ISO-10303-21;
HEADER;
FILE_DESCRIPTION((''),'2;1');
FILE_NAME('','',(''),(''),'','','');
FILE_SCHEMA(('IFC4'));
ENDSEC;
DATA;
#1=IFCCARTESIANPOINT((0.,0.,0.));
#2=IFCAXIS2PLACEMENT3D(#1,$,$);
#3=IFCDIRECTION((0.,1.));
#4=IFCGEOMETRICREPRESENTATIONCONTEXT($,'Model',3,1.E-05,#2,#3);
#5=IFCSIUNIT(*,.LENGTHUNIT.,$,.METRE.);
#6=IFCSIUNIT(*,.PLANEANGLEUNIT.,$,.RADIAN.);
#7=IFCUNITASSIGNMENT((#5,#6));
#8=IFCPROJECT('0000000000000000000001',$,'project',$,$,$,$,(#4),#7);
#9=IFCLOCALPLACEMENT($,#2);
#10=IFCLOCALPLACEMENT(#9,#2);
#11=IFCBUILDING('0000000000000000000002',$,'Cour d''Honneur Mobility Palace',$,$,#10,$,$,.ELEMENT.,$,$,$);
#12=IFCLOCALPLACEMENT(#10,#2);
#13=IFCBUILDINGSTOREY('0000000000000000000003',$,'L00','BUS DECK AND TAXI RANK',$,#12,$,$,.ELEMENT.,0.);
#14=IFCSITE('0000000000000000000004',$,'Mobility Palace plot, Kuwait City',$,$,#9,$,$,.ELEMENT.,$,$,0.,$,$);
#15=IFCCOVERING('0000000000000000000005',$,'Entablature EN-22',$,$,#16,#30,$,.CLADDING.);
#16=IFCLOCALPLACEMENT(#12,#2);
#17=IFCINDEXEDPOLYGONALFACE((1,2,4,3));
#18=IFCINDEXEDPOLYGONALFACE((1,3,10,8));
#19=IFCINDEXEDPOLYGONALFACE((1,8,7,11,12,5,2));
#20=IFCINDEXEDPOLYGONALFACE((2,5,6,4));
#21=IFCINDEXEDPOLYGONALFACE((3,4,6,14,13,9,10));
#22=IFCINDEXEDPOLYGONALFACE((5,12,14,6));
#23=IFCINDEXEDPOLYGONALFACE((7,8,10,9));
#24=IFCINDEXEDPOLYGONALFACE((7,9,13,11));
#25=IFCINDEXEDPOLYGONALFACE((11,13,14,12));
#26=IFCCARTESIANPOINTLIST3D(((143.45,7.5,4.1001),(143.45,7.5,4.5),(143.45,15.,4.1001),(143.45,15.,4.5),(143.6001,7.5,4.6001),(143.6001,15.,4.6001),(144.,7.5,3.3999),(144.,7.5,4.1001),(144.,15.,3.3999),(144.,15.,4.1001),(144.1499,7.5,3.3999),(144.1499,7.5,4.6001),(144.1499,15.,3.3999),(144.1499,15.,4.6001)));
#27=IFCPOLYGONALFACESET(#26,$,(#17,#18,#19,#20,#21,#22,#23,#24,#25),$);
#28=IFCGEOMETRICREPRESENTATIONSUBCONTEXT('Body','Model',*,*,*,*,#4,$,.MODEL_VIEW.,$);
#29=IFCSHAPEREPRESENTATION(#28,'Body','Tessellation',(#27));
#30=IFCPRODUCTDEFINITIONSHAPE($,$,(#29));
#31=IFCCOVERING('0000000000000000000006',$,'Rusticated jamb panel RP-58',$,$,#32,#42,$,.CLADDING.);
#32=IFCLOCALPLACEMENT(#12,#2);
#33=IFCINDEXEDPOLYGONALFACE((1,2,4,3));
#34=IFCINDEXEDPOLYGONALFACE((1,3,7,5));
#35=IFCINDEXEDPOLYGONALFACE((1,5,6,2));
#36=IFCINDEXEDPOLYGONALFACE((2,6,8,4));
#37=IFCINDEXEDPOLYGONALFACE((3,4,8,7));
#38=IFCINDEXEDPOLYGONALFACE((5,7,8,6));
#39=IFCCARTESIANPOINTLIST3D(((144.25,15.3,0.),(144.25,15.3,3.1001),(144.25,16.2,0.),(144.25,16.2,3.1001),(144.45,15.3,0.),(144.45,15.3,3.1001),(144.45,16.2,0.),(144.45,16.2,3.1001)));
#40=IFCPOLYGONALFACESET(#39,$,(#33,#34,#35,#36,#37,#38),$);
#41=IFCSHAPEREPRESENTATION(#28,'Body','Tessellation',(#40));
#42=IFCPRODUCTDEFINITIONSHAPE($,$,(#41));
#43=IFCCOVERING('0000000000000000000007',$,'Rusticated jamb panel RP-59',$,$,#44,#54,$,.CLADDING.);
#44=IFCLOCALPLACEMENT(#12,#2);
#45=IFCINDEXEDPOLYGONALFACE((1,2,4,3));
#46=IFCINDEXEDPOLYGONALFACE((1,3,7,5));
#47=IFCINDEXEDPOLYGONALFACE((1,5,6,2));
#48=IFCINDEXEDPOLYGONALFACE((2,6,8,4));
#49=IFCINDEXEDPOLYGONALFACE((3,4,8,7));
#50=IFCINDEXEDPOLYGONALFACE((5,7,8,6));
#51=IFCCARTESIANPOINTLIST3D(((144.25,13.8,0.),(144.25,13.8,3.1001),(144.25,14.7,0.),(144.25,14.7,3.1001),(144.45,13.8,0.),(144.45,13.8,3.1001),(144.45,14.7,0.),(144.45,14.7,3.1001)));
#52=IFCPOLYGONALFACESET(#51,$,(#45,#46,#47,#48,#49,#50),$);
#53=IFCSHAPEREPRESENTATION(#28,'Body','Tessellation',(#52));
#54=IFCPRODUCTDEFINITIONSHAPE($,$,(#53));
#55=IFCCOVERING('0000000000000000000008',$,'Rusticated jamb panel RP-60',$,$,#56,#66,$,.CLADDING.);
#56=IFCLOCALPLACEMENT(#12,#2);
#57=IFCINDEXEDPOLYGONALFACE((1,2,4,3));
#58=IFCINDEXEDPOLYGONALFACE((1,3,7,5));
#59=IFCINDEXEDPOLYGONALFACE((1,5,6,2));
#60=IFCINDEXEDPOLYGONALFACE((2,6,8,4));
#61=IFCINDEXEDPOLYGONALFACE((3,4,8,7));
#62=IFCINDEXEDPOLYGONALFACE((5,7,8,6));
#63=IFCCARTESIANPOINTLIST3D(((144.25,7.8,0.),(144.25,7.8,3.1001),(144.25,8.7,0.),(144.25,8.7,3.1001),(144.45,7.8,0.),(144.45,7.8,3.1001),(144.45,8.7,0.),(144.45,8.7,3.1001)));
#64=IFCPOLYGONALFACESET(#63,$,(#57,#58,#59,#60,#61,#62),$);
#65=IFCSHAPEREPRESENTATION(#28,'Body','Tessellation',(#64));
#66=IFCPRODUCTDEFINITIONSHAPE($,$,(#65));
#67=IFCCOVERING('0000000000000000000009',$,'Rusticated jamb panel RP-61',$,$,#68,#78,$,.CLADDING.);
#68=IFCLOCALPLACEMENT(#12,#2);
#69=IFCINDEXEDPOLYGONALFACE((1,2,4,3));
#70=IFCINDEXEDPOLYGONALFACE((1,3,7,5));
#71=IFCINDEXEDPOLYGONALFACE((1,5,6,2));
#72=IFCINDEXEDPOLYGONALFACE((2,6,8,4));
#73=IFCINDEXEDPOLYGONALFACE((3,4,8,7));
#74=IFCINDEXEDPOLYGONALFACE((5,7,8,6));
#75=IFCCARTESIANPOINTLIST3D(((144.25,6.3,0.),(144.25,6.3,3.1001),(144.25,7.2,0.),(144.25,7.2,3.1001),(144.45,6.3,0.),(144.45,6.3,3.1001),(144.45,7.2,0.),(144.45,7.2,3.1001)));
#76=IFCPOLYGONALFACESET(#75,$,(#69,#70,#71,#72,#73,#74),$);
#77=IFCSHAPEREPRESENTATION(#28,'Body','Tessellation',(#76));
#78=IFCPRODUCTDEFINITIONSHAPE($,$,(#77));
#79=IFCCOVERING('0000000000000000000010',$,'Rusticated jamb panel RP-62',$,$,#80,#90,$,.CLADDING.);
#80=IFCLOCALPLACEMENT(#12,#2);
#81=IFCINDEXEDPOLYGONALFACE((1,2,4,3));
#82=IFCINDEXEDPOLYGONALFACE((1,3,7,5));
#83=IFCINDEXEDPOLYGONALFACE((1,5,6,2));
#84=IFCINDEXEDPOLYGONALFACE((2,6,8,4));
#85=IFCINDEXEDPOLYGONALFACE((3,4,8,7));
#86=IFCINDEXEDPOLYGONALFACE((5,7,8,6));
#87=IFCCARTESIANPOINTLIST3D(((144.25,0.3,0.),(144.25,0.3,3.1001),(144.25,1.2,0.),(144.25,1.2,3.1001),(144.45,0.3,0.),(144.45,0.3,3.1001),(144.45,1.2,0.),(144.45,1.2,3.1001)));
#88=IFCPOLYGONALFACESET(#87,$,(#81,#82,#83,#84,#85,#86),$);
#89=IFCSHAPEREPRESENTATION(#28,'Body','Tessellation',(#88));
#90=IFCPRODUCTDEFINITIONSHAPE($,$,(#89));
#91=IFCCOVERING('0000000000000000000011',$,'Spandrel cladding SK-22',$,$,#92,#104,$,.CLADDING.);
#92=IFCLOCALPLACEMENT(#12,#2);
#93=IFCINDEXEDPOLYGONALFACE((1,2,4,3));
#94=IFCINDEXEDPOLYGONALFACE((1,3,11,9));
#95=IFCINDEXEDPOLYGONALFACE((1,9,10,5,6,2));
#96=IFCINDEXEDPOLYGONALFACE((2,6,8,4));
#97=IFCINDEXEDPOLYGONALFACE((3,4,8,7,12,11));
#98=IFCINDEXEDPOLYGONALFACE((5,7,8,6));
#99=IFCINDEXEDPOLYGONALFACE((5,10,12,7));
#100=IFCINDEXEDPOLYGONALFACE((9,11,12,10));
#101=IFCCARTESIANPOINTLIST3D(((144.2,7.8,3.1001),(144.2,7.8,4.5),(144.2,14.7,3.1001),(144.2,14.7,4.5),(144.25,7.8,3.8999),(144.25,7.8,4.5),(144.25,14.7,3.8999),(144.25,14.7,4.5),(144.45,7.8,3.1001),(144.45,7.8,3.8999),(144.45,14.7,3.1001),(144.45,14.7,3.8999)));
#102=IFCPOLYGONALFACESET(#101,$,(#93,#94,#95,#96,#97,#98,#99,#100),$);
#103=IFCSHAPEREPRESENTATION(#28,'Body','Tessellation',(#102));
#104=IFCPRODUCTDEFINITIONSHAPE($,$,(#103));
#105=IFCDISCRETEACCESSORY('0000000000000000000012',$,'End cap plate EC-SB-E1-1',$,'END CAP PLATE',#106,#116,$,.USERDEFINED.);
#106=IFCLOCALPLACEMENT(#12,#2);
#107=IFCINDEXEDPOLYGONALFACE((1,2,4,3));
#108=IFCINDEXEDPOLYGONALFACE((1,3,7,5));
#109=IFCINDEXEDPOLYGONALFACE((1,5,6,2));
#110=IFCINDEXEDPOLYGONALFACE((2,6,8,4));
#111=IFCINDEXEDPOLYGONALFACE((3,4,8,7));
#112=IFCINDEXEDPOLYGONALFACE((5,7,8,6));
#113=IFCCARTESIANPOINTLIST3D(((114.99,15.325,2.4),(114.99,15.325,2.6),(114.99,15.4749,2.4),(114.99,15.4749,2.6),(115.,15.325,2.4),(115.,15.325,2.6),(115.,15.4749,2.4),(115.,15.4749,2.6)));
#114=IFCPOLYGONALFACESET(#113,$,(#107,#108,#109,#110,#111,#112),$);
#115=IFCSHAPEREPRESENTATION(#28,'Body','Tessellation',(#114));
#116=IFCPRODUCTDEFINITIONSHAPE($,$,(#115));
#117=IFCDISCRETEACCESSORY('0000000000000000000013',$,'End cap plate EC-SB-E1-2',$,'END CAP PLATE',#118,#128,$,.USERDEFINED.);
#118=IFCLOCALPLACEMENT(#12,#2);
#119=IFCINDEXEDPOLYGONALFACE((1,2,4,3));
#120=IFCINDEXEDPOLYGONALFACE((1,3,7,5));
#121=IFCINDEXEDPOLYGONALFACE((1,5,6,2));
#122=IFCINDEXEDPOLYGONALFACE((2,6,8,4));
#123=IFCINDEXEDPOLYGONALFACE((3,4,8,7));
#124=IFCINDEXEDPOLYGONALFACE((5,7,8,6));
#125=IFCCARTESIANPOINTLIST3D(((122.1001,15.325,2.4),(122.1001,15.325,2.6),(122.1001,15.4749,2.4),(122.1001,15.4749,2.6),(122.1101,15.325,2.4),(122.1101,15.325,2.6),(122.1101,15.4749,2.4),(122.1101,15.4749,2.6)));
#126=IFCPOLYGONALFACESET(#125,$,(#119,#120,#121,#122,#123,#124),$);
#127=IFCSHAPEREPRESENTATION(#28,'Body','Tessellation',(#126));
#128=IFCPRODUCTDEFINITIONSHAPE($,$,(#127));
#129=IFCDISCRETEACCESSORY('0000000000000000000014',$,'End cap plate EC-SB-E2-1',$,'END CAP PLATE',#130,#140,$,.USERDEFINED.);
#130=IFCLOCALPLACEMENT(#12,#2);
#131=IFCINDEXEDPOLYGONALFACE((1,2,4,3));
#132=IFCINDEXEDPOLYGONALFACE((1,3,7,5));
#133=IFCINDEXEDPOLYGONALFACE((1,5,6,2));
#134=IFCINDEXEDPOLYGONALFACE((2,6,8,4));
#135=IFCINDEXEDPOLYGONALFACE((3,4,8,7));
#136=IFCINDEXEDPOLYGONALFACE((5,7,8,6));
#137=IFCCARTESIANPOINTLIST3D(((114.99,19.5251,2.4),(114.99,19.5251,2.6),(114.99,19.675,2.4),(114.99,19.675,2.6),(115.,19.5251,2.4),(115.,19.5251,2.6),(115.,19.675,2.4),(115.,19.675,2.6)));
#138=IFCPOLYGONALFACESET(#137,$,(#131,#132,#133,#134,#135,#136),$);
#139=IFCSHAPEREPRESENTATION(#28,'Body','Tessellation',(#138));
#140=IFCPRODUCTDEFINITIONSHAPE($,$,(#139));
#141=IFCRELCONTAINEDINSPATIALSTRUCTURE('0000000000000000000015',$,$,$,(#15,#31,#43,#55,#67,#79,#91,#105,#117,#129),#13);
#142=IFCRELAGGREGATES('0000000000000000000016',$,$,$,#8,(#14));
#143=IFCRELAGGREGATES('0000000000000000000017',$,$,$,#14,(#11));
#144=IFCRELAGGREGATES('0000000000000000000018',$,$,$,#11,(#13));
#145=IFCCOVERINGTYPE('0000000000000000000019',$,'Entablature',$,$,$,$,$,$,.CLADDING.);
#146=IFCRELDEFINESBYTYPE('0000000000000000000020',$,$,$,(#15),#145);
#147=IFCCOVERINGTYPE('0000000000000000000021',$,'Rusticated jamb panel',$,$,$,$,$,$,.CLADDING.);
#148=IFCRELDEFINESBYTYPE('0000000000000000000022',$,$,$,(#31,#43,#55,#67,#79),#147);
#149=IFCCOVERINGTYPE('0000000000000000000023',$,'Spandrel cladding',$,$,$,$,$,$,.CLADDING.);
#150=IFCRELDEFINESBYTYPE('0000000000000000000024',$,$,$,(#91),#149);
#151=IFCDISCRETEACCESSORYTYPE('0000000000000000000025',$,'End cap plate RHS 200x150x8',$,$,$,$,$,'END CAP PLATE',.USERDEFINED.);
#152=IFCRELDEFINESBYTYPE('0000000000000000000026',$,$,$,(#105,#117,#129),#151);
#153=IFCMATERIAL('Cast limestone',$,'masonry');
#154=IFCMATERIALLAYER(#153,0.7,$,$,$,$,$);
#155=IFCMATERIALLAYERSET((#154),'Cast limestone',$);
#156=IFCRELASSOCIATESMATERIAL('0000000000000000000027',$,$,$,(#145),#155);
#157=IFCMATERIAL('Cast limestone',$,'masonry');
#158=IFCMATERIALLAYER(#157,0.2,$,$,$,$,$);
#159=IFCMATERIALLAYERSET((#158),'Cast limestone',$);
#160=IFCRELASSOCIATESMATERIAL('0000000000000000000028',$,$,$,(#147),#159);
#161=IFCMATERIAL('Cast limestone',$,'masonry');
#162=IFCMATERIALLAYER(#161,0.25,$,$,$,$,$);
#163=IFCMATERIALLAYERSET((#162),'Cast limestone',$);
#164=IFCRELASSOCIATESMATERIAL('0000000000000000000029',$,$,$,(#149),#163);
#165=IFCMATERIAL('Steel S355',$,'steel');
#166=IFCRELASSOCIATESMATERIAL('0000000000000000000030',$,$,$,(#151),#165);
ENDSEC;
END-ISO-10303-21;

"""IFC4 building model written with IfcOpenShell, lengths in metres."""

from ifc_helpers import new_model, si_unit, direction, frame, origin, origin_2d, place, context, subcontext, project, spatial, polyline, rectangle, outline, extrude, material, layer, layer_set, material_profile, profile_set, type_object, element, save


model = new_model("IFC4")

# Units and contexts
model_context = context("Model", 3, precision=1e-05, world=origin(), true_north=direction((0.0, 1.0)))
body_context = subcontext(model_context, "Body", "Model", "MODEL_VIEW")
ifc_project = project(units=[si_unit("LENGTHUNIT", "METRE"), si_unit("PLANEANGLEUNIT", "RADIAN")], contexts=[model_context])

# Site, building, storey
site_placement = place(None, origin())
site = spatial("IfcSite", under=ifc_project, at=site_placement, Name="Mobility Palace plot, Kuwait City", CompositionType="ELEMENT", RefElevation=0.0)
building_placement = place(site_placement, origin())
building = spatial("IfcBuilding", under=site, at=building_placement, Name="Cour d'Honneur Mobility Palace", CompositionType="ELEMENT")
storey_placement = place(building_placement, origin())
storey = spatial("IfcBuildingStorey", under=building, at=storey_placement, Name="L00", Description="BUS DECK AND TAXI RANK", CompositionType="ELEMENT", Elevation=0.0)

# Coverings
ifc_material_1 = material(Name="Cast limestone", Category="masonry")
ifc_layer_1 = layer(ifc_material_1, 0.7)
ifc_layer_set_1 = layer_set([ifc_layer_1], Name="Cast limestone")
covering_type_1 = type_object("IfcCoveringType", Name="Entablature", PredefinedType="CLADDING", material=ifc_layer_set_1)
covering_1_placement = place(storey_placement, frame((144.1499, 15.0, 3.3999), z_axis=(0.0, 1.0, 0.0), x_axis=(-1.0, 0.0, 0.0)))
element("IfcCovering", 1, at=covering_1_placement, inside=storey, type_object=covering_type_1, Name="Entablature EN-22", PredefinedType="CLADDING", context=body_context, shape_type="SweptSolid", body=[
    extrude(outline(polyline([(0.0, 0.0), (0.1499, 0.0), (0.1499, 0.7002), (0.7, 0.7002), (0.7, 1.1001), (0.5498, 1.2002), (0.0, 1.2002), (0.0, 0.0)])), origin(), (0.0, 0.0, -1.0), 7.5),
])
ifc_material_2 = material(Name="Cast limestone", Category="masonry")
ifc_layer_2 = layer(ifc_material_2, 0.2)
ifc_layer_set_2 = layer_set([ifc_layer_2], Name="Cast limestone")
covering_type_2 = type_object("IfcCoveringType", Name="Rusticated jamb panel", PredefinedType="CLADDING", material=ifc_layer_set_2)
for number, where, z_axis, x_axis, name in (
    (2, (144.25, 16.2, 0.0), (-1.0, 0.0, 0.0), (0.0, -1.0, 0.0), "Rusticated jamb panel RP-58"),
    (3, (144.25, 14.7, 0.0), (-1.0, 0.0, 0.0), (0.0, -1.0, 0.0), "Rusticated jamb panel RP-59"),
    (4, (144.25, 8.7, 0.0), (-1.0, 0.0, 0.0), (0.0, -1.0, 0.0), "Rusticated jamb panel RP-60"),
    (5, (144.25, 7.2, 0.0), (-1.0, 0.0, 0.0), (0.0, -1.0, 0.0), "Rusticated jamb panel RP-61"),
    (6, (144.25, 1.2, 0.0), (-1.0, 0.0, 0.0), (0.0, -1.0, 0.0), "Rusticated jamb panel RP-62"),
):
    element("IfcCovering", number, at=place(storey_placement, frame(where, z_axis=z_axis, x_axis=x_axis)), inside=storey, type_object=covering_type_2, Name=name, PredefinedType="CLADDING", context=body_context, shape_type="SweptSolid", body=[
        extrude(outline(polyline([(0.0, 0.0), (0.8999, 0.0), (0.8999, 3.1001), (0.0, 3.1001), (0.0, 0.0)])), origin(), (0.0, 0.0, -1.0), 0.2),
    ])
ifc_material_3 = material(Name="Cast limestone", Category="masonry")
ifc_layer_3 = layer(ifc_material_3, 0.25)
ifc_layer_set_3 = layer_set([ifc_layer_3], Name="Cast limestone")
covering_type_3 = type_object("IfcCoveringType", Name="Spandrel cladding", PredefinedType="CLADDING", material=ifc_layer_set_3)
covering_2_placement = place(storey_placement, frame((144.45, 14.7, 3.1001), z_axis=(0.0, 1.0, 0.0), x_axis=(-1.0, 0.0, 0.0)))
element("IfcCovering", 7, at=covering_2_placement, inside=storey, type_object=covering_type_3, Name="Spandrel cladding SK-22", PredefinedType="CLADDING", context=body_context, shape_type="SweptSolid", body=[
    extrude(outline(polyline([(0.0, 0.0), (0.25, 0.0), (0.25, 1.3999), (0.2, 1.3999), (0.2, 0.7998), (0.0, 0.7998), (0.0, 0.0)])), origin(), (0.0, 0.0, -1.0), 6.8999),
])

# Discrete accessories
ifc_material_4 = material(Name="Steel S355", Category="steel")
ifc_material_profile_1 = material_profile(ifc_material_4, rectangle(XDim=0.1499, YDim=0.2, at=origin_2d()), Name="PL 200x150x10")
ifc_profile_set_1 = profile_set([ifc_material_profile_1], Name="Steel S355")
discrete_accessory_type = type_object("IfcDiscreteAccessoryType", Name="End cap plate RHS 200x150x8", ElementType="END CAP PLATE", PredefinedType="USERDEFINED", material=ifc_profile_set_1)
for number, where, z_axis, x_axis, name in (
    (8, (114.99, 15.3999, 2.5), (1.0, 0.0, 0.0), (0.0, 1.0, 0.0), "End cap plate EC-SB-E1-1"),
    (9, (122.1001, 15.3999, 2.5), (1.0, 0.0, 0.0), (0.0, 1.0, 0.0), "End cap plate EC-SB-E1-2"),
    (10, (114.99, 19.6001, 2.5), (1.0, 0.0, 0.0), (0.0, 1.0, 0.0), "End cap plate EC-SB-E2-1"),
):
    element("IfcDiscreteAccessory", number, at=place(storey_placement, frame(where, z_axis=z_axis, x_axis=x_axis)), inside=storey, type_object=discrete_accessory_type, Name=name, ObjectType="END CAP PLATE", PredefinedType="USERDEFINED", context=body_context, shape_type="SweptSolid", body=[
        extrude(rectangle(XDim=0.1499, YDim=0.2, at=origin_2d()), origin(), (0.0, 0.0, 1.0), 0.01),
    ])

save(model, "model.ifc")
